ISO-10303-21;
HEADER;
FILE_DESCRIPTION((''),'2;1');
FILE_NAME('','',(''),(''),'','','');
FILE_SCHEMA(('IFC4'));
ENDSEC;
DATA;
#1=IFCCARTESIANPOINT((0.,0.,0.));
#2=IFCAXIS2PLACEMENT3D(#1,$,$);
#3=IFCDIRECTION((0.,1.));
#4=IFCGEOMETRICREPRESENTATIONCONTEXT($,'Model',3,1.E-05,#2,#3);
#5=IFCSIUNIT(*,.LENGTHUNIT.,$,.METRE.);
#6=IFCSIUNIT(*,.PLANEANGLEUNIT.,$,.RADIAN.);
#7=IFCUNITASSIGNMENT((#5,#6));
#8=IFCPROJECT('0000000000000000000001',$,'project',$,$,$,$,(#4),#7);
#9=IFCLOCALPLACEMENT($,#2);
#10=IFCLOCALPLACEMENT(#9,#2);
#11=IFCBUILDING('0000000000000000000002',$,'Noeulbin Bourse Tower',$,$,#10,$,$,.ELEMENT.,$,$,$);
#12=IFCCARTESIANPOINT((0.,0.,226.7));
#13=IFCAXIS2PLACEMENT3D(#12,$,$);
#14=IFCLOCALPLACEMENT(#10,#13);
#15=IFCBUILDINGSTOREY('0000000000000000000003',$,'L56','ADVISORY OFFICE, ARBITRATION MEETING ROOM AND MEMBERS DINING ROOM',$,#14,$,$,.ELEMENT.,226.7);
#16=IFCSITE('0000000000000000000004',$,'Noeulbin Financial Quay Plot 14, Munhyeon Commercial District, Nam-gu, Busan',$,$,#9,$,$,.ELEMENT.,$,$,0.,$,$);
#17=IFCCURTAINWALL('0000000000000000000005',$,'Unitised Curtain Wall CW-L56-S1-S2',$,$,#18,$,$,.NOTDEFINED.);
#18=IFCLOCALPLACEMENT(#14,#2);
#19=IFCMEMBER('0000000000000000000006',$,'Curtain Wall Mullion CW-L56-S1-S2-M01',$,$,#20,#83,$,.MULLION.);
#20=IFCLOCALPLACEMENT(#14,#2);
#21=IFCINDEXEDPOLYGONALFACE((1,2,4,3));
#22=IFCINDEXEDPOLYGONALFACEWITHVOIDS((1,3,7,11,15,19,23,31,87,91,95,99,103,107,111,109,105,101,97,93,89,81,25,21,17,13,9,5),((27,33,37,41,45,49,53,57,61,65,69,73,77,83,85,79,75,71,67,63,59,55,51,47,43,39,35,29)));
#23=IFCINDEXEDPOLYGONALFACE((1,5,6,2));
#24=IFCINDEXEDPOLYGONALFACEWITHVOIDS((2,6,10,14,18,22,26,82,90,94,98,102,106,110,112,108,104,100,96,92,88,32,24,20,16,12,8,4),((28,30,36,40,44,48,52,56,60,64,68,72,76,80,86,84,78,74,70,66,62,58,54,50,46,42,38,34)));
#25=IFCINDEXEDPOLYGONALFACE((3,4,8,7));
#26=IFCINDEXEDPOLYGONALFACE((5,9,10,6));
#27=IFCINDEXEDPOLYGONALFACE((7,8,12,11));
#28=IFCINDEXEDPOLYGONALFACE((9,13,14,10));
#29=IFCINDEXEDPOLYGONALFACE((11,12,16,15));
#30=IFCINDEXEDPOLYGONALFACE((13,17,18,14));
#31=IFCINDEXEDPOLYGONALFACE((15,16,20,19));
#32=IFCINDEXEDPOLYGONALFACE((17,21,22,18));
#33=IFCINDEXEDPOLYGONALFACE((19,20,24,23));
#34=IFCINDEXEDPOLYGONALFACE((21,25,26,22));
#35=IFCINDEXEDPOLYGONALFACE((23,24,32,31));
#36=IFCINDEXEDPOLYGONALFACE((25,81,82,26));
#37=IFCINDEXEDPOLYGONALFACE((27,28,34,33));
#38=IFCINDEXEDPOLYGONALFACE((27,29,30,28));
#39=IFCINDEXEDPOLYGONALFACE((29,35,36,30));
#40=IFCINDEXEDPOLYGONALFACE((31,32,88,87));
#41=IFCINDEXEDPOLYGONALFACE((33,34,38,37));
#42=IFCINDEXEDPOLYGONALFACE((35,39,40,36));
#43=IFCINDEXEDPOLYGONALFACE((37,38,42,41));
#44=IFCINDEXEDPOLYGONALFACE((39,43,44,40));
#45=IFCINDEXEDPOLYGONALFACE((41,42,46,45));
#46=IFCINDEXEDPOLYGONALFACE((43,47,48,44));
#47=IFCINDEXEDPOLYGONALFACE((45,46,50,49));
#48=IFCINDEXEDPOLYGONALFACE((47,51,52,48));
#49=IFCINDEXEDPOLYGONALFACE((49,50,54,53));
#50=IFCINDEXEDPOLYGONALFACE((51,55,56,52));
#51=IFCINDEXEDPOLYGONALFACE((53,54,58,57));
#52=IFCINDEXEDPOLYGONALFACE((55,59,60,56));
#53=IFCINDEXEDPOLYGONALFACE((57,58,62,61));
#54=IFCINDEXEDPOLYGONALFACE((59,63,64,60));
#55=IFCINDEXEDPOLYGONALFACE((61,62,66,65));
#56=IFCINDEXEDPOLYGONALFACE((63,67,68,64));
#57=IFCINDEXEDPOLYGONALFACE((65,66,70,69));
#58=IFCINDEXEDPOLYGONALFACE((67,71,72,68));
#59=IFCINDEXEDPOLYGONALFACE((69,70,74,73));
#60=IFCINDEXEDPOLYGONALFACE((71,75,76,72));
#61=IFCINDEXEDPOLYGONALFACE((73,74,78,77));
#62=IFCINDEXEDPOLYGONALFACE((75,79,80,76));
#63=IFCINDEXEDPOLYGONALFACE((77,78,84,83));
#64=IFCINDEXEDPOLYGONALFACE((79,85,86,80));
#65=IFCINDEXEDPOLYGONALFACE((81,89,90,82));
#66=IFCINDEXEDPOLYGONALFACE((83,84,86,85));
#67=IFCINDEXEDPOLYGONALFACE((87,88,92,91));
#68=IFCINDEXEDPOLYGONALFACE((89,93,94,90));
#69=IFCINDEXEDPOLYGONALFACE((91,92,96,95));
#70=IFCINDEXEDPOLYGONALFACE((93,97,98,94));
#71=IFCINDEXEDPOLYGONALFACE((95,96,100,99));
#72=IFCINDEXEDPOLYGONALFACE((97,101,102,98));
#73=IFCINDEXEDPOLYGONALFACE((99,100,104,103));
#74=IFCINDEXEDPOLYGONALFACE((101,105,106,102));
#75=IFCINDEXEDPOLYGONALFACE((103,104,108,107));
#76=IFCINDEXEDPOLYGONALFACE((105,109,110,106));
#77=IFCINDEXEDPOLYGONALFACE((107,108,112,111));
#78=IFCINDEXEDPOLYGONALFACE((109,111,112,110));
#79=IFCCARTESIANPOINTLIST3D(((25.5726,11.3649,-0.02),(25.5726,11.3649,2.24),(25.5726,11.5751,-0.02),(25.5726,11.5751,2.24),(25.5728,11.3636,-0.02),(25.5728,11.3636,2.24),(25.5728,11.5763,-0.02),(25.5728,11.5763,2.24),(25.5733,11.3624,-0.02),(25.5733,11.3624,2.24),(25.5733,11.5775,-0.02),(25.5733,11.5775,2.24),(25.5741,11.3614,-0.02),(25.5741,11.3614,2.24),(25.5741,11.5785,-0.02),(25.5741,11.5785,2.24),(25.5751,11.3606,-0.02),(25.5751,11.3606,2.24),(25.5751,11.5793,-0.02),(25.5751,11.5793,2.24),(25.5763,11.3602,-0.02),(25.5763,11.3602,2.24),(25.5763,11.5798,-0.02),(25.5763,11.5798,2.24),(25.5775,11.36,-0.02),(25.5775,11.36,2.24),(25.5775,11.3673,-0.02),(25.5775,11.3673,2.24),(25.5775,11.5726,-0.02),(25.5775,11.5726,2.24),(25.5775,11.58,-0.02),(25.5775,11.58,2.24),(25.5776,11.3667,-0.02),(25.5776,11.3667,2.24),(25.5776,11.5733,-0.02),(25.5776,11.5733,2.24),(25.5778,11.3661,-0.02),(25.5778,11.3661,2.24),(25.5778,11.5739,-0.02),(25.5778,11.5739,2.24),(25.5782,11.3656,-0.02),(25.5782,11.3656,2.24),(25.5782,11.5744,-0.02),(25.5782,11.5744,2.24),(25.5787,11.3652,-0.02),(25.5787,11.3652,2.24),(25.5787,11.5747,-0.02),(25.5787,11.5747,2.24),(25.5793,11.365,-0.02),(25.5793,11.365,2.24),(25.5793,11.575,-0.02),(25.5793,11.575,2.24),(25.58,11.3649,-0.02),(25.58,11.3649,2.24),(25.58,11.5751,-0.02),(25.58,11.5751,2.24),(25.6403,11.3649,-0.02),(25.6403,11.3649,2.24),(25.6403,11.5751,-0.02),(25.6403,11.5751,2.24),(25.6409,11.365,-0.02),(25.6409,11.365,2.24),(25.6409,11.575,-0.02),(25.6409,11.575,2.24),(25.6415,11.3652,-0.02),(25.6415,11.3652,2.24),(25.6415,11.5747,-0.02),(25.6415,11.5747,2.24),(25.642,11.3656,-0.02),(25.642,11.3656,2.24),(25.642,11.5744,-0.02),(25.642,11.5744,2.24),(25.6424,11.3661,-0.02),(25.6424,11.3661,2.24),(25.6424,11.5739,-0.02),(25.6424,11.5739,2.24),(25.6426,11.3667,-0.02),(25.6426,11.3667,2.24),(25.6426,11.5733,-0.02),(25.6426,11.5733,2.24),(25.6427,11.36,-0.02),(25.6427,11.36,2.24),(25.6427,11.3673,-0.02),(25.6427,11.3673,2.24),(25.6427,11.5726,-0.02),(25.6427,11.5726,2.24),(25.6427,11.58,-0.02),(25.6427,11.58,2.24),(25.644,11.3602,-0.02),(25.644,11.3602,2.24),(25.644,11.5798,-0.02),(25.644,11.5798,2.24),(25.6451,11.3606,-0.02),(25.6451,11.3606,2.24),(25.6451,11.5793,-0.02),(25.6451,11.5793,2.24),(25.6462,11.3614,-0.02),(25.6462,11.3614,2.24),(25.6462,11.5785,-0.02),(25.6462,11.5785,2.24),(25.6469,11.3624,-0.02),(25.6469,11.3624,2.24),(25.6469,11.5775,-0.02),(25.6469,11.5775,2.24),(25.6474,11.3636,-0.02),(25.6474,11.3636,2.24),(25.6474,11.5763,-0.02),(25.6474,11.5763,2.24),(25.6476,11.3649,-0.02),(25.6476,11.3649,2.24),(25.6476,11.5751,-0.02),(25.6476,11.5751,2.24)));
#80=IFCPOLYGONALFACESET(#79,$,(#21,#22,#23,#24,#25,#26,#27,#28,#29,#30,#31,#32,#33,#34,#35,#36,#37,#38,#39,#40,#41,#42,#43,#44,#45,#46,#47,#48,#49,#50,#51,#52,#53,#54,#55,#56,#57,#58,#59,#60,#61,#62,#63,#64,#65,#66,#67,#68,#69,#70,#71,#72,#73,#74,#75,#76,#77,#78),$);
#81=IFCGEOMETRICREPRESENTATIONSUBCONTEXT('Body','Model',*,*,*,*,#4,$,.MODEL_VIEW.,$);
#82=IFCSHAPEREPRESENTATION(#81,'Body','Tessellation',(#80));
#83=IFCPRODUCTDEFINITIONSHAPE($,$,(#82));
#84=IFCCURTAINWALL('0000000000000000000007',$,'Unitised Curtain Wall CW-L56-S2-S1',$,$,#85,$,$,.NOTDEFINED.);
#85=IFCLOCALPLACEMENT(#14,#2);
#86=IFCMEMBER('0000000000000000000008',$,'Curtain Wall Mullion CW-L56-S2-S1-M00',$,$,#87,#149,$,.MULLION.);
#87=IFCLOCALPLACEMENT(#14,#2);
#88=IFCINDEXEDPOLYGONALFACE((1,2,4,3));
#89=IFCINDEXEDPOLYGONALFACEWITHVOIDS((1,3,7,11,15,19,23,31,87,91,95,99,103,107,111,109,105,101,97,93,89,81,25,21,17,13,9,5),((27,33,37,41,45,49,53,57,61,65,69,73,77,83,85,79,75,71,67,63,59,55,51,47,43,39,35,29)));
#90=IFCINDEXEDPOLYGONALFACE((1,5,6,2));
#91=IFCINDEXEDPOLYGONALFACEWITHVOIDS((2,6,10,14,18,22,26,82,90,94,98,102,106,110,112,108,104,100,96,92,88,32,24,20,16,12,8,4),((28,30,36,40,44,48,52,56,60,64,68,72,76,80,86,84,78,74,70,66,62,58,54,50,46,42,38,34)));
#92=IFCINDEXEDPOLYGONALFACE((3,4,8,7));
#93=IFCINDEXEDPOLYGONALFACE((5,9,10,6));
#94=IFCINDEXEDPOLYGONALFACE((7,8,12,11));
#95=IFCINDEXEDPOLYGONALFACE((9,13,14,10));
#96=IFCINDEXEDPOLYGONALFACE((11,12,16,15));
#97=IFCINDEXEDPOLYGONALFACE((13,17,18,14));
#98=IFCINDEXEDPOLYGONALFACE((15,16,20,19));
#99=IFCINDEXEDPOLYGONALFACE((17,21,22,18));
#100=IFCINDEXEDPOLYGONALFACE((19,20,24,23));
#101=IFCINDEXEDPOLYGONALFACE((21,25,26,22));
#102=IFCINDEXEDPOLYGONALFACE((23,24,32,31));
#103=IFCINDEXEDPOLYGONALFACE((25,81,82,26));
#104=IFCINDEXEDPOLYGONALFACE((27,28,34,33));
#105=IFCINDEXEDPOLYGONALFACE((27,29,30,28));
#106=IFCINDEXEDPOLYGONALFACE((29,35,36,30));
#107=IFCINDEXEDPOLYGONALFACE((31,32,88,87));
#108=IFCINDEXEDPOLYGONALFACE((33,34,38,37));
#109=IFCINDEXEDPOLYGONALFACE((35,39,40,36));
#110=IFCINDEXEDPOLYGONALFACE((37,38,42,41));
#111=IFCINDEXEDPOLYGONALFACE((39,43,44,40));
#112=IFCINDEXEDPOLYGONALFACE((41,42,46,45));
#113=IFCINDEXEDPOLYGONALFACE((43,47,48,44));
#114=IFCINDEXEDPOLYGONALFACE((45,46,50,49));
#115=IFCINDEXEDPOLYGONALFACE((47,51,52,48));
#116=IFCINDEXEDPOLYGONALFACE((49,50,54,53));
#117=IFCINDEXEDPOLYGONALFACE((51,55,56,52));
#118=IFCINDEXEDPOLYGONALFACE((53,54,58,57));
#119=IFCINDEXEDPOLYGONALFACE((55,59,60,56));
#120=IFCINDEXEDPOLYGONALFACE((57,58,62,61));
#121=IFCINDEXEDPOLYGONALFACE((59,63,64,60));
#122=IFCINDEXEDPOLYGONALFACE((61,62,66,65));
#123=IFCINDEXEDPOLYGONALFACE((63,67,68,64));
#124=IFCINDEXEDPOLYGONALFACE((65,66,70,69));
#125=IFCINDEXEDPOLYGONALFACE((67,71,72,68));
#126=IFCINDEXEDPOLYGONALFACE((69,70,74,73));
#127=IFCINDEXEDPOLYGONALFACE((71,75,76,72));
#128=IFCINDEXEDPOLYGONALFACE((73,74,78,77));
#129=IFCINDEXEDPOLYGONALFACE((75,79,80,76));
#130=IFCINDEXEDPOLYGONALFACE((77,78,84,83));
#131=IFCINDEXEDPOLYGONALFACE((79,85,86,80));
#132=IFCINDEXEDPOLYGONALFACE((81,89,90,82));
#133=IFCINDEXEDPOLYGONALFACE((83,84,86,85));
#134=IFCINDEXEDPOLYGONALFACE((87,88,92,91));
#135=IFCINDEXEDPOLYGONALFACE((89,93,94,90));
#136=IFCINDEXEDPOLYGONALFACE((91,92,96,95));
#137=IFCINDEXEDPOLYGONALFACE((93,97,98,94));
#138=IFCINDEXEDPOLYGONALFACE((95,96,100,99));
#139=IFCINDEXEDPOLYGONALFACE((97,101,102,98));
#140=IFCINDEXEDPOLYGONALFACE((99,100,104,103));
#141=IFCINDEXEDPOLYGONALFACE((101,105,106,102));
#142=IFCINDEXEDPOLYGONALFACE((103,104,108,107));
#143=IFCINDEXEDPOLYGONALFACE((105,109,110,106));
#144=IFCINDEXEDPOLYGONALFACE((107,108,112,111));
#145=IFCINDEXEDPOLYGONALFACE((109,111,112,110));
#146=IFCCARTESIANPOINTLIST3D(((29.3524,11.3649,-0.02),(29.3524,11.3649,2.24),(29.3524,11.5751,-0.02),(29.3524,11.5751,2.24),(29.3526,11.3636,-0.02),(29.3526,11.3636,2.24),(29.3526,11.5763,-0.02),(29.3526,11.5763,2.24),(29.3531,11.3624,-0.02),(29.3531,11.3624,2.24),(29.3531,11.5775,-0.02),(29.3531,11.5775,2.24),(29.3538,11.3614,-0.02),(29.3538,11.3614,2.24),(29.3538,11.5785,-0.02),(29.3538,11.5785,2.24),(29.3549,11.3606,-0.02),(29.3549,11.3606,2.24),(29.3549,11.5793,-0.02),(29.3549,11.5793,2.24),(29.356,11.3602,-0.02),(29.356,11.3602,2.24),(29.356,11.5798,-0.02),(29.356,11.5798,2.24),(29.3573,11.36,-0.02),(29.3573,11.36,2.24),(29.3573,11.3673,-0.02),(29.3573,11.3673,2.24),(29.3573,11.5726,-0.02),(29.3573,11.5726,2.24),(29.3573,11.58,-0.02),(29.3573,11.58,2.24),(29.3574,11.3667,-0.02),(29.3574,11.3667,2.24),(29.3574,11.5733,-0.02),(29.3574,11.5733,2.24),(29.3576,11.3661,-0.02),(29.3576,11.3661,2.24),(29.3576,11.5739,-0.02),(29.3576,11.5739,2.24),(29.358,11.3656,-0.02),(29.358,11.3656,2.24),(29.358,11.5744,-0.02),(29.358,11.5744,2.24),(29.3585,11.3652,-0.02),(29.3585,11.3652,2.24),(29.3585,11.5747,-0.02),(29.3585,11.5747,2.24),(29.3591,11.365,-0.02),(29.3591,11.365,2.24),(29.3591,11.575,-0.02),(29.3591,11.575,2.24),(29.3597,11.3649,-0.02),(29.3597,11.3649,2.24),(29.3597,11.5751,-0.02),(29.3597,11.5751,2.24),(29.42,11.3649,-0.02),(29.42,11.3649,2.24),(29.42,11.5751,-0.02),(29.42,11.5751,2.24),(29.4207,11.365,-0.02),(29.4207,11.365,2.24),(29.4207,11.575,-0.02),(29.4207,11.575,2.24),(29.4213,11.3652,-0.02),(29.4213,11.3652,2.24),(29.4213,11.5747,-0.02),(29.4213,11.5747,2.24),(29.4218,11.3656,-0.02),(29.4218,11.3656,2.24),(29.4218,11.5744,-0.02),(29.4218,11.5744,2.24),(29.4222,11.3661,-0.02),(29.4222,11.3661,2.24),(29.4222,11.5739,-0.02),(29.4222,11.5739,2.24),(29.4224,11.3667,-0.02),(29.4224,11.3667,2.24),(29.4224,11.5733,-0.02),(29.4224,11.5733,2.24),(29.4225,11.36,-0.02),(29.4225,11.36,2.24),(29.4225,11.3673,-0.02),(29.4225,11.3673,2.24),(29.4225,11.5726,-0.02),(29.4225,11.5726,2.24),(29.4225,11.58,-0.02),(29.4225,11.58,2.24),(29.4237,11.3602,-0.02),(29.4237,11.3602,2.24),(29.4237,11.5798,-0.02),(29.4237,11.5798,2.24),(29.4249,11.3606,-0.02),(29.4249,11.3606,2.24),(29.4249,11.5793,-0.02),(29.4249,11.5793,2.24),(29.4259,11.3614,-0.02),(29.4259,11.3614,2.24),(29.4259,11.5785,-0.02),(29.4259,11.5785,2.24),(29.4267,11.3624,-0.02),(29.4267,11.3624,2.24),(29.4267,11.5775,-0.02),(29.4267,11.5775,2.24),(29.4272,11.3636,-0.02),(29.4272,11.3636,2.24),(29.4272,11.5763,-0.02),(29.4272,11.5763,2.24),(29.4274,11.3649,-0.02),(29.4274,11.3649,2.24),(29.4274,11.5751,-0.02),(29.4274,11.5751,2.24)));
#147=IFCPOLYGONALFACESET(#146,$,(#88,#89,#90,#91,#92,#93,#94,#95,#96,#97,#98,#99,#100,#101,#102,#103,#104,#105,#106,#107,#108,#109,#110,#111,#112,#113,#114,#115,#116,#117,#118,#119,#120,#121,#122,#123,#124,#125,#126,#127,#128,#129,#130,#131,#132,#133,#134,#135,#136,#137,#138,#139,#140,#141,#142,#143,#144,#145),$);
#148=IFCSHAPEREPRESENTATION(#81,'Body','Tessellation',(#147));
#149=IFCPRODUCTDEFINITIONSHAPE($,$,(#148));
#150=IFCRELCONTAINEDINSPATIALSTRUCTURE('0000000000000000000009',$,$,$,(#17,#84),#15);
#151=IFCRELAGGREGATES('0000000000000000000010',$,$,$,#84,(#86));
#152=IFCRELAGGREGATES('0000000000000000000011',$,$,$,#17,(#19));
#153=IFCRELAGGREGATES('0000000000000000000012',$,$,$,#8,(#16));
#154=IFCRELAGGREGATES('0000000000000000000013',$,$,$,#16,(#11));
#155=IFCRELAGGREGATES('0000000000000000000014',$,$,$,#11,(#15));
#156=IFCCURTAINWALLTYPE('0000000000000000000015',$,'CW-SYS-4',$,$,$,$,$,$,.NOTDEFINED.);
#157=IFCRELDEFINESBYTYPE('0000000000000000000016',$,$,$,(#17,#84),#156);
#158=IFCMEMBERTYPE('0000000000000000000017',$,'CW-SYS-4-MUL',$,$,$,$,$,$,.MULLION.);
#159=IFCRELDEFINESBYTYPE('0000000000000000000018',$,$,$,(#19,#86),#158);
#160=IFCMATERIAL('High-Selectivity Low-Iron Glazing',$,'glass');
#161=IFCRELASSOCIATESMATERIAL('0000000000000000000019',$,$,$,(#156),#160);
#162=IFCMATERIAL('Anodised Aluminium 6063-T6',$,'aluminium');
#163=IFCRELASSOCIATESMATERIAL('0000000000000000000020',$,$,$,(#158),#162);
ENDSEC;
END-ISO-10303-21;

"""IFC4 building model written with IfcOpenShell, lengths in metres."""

from ifc_helpers import new_model, si_unit, direction, frame, origin, origin_2d, place, context, subcontext, project, spatial, hollow_rectangle, extrude, material, material_profile, profile_set, type_object, element, aggregate, save


model = new_model("IFC4")

# Units and contexts
model_context = context("Model", 3, precision=1e-05, world=origin(), true_north=direction((0.0, 1.0)))
body_context = subcontext(model_context, "Body", "Model", "MODEL_VIEW")
ifc_project = project(units=[si_unit("LENGTHUNIT", "METRE"), si_unit("PLANEANGLEUNIT", "RADIAN")], contexts=[model_context])

# Site, building, storey
site_placement = place(None, origin())
site = spatial("IfcSite", under=ifc_project, at=site_placement, Name="Noeulbin Financial Quay Plot 14, Munhyeon Commercial District, Nam-gu, Busan", CompositionType="ELEMENT", RefElevation=0.0)
building_placement = place(site_placement, origin())
building = spatial("IfcBuilding", under=site, at=building_placement, Name="Noeulbin Bourse Tower", CompositionType="ELEMENT")
storey_placement = place(building_placement, frame((0.0, 0.0, 226.7)))
storey = spatial("IfcBuildingStorey", under=building, at=storey_placement, Name="L56", Description="ADVISORY OFFICE, ARBITRATION MEETING ROOM AND MEMBERS DINING ROOM", CompositionType="ELEMENT", Elevation=226.7)

# Shared definitions
ifc_material_1 = material(Name="High-Selectivity Low-Iron Glazing", Category="glass")
curtain_wall_type = type_object("IfcCurtainWallType", Name="CW-SYS-4", PredefinedType="NOTDEFINED", material=ifc_material_1)
ifc_material_2 = material(Name="Anodised Aluminium 6063-T6", Category="aluminium")
ifc_material_profile_1 = material_profile(ifc_material_2, hollow_rectangle(XDim=0.075, YDim=0.22, WallThickness=0.0049, InnerFilletRadius=0.0024, OuterFilletRadius=0.0049, at=origin_2d()), Name="ALU-MULL-75x220x5", Category="LoadBearing")
ifc_profile_set_1 = profile_set([ifc_material_profile_1], Name="Anodised Aluminium 6063-T6")
member_type_1 = type_object("IfcMemberType", Name="CW-SYS-4-MUL", PredefinedType="MULLION", material=ifc_profile_set_1)

# Curtain walls, members
curtain_wall_1_placement = place(storey_placement, origin())
curtain_wall_1 = element("IfcCurtainWall", 1, at=curtain_wall_1_placement, inside=storey, type_object=curtain_wall_type, Name="Unitised Curtain Wall CW-L56-S1-S2", PredefinedType="NOTDEFINED")
member_1_placement = place(storey_placement, frame((25.6101, 11.47, -0.02), z_axis=(0.0, 0.0, 1.0), x_axis=(1.0, 0.0, 0.0)))
member_1 = element("IfcMember", 2, at=member_1_placement, type_object=member_type_1, Name="Curtain Wall Mullion CW-L56-S1-S2-M01", PredefinedType="MULLION", context=body_context, shape_type="SweptSolid", body=[
    extrude(hollow_rectangle(XDim=0.075, YDim=0.22, WallThickness=0.0049, InnerFilletRadius=0.0024, OuterFilletRadius=0.0049, at=origin_2d()), origin(), (0.0, 0.0, 1.0), 2.26),
])
curtain_wall_2_placement = place(storey_placement, origin())
curtain_wall_2 = element("IfcCurtainWall", 3, at=curtain_wall_2_placement, inside=storey, type_object=curtain_wall_type, Name="Unitised Curtain Wall CW-L56-S2-S1", PredefinedType="NOTDEFINED")
member_2_placement = place(storey_placement, frame((29.3899, 11.47, -0.02), z_axis=(0.0, 0.0, 1.0), x_axis=(1.0, 0.0, 0.0)))
member_2 = element("IfcMember", 4, at=member_2_placement, type_object=member_type_1, Name="Curtain Wall Mullion CW-L56-S2-S1-M00", PredefinedType="MULLION", context=body_context, shape_type="SweptSolid", body=[
    extrude(hollow_rectangle(XDim=0.075, YDim=0.22, WallThickness=0.0049, InnerFilletRadius=0.0024, OuterFilletRadius=0.0049, at=origin_2d()), origin(), (0.0, 0.0, 1.0), 2.26),
])

aggregate(curtain_wall_2, [member_2])

aggregate(curtain_wall_1, [member_1])

save(model, "model.ifc")
